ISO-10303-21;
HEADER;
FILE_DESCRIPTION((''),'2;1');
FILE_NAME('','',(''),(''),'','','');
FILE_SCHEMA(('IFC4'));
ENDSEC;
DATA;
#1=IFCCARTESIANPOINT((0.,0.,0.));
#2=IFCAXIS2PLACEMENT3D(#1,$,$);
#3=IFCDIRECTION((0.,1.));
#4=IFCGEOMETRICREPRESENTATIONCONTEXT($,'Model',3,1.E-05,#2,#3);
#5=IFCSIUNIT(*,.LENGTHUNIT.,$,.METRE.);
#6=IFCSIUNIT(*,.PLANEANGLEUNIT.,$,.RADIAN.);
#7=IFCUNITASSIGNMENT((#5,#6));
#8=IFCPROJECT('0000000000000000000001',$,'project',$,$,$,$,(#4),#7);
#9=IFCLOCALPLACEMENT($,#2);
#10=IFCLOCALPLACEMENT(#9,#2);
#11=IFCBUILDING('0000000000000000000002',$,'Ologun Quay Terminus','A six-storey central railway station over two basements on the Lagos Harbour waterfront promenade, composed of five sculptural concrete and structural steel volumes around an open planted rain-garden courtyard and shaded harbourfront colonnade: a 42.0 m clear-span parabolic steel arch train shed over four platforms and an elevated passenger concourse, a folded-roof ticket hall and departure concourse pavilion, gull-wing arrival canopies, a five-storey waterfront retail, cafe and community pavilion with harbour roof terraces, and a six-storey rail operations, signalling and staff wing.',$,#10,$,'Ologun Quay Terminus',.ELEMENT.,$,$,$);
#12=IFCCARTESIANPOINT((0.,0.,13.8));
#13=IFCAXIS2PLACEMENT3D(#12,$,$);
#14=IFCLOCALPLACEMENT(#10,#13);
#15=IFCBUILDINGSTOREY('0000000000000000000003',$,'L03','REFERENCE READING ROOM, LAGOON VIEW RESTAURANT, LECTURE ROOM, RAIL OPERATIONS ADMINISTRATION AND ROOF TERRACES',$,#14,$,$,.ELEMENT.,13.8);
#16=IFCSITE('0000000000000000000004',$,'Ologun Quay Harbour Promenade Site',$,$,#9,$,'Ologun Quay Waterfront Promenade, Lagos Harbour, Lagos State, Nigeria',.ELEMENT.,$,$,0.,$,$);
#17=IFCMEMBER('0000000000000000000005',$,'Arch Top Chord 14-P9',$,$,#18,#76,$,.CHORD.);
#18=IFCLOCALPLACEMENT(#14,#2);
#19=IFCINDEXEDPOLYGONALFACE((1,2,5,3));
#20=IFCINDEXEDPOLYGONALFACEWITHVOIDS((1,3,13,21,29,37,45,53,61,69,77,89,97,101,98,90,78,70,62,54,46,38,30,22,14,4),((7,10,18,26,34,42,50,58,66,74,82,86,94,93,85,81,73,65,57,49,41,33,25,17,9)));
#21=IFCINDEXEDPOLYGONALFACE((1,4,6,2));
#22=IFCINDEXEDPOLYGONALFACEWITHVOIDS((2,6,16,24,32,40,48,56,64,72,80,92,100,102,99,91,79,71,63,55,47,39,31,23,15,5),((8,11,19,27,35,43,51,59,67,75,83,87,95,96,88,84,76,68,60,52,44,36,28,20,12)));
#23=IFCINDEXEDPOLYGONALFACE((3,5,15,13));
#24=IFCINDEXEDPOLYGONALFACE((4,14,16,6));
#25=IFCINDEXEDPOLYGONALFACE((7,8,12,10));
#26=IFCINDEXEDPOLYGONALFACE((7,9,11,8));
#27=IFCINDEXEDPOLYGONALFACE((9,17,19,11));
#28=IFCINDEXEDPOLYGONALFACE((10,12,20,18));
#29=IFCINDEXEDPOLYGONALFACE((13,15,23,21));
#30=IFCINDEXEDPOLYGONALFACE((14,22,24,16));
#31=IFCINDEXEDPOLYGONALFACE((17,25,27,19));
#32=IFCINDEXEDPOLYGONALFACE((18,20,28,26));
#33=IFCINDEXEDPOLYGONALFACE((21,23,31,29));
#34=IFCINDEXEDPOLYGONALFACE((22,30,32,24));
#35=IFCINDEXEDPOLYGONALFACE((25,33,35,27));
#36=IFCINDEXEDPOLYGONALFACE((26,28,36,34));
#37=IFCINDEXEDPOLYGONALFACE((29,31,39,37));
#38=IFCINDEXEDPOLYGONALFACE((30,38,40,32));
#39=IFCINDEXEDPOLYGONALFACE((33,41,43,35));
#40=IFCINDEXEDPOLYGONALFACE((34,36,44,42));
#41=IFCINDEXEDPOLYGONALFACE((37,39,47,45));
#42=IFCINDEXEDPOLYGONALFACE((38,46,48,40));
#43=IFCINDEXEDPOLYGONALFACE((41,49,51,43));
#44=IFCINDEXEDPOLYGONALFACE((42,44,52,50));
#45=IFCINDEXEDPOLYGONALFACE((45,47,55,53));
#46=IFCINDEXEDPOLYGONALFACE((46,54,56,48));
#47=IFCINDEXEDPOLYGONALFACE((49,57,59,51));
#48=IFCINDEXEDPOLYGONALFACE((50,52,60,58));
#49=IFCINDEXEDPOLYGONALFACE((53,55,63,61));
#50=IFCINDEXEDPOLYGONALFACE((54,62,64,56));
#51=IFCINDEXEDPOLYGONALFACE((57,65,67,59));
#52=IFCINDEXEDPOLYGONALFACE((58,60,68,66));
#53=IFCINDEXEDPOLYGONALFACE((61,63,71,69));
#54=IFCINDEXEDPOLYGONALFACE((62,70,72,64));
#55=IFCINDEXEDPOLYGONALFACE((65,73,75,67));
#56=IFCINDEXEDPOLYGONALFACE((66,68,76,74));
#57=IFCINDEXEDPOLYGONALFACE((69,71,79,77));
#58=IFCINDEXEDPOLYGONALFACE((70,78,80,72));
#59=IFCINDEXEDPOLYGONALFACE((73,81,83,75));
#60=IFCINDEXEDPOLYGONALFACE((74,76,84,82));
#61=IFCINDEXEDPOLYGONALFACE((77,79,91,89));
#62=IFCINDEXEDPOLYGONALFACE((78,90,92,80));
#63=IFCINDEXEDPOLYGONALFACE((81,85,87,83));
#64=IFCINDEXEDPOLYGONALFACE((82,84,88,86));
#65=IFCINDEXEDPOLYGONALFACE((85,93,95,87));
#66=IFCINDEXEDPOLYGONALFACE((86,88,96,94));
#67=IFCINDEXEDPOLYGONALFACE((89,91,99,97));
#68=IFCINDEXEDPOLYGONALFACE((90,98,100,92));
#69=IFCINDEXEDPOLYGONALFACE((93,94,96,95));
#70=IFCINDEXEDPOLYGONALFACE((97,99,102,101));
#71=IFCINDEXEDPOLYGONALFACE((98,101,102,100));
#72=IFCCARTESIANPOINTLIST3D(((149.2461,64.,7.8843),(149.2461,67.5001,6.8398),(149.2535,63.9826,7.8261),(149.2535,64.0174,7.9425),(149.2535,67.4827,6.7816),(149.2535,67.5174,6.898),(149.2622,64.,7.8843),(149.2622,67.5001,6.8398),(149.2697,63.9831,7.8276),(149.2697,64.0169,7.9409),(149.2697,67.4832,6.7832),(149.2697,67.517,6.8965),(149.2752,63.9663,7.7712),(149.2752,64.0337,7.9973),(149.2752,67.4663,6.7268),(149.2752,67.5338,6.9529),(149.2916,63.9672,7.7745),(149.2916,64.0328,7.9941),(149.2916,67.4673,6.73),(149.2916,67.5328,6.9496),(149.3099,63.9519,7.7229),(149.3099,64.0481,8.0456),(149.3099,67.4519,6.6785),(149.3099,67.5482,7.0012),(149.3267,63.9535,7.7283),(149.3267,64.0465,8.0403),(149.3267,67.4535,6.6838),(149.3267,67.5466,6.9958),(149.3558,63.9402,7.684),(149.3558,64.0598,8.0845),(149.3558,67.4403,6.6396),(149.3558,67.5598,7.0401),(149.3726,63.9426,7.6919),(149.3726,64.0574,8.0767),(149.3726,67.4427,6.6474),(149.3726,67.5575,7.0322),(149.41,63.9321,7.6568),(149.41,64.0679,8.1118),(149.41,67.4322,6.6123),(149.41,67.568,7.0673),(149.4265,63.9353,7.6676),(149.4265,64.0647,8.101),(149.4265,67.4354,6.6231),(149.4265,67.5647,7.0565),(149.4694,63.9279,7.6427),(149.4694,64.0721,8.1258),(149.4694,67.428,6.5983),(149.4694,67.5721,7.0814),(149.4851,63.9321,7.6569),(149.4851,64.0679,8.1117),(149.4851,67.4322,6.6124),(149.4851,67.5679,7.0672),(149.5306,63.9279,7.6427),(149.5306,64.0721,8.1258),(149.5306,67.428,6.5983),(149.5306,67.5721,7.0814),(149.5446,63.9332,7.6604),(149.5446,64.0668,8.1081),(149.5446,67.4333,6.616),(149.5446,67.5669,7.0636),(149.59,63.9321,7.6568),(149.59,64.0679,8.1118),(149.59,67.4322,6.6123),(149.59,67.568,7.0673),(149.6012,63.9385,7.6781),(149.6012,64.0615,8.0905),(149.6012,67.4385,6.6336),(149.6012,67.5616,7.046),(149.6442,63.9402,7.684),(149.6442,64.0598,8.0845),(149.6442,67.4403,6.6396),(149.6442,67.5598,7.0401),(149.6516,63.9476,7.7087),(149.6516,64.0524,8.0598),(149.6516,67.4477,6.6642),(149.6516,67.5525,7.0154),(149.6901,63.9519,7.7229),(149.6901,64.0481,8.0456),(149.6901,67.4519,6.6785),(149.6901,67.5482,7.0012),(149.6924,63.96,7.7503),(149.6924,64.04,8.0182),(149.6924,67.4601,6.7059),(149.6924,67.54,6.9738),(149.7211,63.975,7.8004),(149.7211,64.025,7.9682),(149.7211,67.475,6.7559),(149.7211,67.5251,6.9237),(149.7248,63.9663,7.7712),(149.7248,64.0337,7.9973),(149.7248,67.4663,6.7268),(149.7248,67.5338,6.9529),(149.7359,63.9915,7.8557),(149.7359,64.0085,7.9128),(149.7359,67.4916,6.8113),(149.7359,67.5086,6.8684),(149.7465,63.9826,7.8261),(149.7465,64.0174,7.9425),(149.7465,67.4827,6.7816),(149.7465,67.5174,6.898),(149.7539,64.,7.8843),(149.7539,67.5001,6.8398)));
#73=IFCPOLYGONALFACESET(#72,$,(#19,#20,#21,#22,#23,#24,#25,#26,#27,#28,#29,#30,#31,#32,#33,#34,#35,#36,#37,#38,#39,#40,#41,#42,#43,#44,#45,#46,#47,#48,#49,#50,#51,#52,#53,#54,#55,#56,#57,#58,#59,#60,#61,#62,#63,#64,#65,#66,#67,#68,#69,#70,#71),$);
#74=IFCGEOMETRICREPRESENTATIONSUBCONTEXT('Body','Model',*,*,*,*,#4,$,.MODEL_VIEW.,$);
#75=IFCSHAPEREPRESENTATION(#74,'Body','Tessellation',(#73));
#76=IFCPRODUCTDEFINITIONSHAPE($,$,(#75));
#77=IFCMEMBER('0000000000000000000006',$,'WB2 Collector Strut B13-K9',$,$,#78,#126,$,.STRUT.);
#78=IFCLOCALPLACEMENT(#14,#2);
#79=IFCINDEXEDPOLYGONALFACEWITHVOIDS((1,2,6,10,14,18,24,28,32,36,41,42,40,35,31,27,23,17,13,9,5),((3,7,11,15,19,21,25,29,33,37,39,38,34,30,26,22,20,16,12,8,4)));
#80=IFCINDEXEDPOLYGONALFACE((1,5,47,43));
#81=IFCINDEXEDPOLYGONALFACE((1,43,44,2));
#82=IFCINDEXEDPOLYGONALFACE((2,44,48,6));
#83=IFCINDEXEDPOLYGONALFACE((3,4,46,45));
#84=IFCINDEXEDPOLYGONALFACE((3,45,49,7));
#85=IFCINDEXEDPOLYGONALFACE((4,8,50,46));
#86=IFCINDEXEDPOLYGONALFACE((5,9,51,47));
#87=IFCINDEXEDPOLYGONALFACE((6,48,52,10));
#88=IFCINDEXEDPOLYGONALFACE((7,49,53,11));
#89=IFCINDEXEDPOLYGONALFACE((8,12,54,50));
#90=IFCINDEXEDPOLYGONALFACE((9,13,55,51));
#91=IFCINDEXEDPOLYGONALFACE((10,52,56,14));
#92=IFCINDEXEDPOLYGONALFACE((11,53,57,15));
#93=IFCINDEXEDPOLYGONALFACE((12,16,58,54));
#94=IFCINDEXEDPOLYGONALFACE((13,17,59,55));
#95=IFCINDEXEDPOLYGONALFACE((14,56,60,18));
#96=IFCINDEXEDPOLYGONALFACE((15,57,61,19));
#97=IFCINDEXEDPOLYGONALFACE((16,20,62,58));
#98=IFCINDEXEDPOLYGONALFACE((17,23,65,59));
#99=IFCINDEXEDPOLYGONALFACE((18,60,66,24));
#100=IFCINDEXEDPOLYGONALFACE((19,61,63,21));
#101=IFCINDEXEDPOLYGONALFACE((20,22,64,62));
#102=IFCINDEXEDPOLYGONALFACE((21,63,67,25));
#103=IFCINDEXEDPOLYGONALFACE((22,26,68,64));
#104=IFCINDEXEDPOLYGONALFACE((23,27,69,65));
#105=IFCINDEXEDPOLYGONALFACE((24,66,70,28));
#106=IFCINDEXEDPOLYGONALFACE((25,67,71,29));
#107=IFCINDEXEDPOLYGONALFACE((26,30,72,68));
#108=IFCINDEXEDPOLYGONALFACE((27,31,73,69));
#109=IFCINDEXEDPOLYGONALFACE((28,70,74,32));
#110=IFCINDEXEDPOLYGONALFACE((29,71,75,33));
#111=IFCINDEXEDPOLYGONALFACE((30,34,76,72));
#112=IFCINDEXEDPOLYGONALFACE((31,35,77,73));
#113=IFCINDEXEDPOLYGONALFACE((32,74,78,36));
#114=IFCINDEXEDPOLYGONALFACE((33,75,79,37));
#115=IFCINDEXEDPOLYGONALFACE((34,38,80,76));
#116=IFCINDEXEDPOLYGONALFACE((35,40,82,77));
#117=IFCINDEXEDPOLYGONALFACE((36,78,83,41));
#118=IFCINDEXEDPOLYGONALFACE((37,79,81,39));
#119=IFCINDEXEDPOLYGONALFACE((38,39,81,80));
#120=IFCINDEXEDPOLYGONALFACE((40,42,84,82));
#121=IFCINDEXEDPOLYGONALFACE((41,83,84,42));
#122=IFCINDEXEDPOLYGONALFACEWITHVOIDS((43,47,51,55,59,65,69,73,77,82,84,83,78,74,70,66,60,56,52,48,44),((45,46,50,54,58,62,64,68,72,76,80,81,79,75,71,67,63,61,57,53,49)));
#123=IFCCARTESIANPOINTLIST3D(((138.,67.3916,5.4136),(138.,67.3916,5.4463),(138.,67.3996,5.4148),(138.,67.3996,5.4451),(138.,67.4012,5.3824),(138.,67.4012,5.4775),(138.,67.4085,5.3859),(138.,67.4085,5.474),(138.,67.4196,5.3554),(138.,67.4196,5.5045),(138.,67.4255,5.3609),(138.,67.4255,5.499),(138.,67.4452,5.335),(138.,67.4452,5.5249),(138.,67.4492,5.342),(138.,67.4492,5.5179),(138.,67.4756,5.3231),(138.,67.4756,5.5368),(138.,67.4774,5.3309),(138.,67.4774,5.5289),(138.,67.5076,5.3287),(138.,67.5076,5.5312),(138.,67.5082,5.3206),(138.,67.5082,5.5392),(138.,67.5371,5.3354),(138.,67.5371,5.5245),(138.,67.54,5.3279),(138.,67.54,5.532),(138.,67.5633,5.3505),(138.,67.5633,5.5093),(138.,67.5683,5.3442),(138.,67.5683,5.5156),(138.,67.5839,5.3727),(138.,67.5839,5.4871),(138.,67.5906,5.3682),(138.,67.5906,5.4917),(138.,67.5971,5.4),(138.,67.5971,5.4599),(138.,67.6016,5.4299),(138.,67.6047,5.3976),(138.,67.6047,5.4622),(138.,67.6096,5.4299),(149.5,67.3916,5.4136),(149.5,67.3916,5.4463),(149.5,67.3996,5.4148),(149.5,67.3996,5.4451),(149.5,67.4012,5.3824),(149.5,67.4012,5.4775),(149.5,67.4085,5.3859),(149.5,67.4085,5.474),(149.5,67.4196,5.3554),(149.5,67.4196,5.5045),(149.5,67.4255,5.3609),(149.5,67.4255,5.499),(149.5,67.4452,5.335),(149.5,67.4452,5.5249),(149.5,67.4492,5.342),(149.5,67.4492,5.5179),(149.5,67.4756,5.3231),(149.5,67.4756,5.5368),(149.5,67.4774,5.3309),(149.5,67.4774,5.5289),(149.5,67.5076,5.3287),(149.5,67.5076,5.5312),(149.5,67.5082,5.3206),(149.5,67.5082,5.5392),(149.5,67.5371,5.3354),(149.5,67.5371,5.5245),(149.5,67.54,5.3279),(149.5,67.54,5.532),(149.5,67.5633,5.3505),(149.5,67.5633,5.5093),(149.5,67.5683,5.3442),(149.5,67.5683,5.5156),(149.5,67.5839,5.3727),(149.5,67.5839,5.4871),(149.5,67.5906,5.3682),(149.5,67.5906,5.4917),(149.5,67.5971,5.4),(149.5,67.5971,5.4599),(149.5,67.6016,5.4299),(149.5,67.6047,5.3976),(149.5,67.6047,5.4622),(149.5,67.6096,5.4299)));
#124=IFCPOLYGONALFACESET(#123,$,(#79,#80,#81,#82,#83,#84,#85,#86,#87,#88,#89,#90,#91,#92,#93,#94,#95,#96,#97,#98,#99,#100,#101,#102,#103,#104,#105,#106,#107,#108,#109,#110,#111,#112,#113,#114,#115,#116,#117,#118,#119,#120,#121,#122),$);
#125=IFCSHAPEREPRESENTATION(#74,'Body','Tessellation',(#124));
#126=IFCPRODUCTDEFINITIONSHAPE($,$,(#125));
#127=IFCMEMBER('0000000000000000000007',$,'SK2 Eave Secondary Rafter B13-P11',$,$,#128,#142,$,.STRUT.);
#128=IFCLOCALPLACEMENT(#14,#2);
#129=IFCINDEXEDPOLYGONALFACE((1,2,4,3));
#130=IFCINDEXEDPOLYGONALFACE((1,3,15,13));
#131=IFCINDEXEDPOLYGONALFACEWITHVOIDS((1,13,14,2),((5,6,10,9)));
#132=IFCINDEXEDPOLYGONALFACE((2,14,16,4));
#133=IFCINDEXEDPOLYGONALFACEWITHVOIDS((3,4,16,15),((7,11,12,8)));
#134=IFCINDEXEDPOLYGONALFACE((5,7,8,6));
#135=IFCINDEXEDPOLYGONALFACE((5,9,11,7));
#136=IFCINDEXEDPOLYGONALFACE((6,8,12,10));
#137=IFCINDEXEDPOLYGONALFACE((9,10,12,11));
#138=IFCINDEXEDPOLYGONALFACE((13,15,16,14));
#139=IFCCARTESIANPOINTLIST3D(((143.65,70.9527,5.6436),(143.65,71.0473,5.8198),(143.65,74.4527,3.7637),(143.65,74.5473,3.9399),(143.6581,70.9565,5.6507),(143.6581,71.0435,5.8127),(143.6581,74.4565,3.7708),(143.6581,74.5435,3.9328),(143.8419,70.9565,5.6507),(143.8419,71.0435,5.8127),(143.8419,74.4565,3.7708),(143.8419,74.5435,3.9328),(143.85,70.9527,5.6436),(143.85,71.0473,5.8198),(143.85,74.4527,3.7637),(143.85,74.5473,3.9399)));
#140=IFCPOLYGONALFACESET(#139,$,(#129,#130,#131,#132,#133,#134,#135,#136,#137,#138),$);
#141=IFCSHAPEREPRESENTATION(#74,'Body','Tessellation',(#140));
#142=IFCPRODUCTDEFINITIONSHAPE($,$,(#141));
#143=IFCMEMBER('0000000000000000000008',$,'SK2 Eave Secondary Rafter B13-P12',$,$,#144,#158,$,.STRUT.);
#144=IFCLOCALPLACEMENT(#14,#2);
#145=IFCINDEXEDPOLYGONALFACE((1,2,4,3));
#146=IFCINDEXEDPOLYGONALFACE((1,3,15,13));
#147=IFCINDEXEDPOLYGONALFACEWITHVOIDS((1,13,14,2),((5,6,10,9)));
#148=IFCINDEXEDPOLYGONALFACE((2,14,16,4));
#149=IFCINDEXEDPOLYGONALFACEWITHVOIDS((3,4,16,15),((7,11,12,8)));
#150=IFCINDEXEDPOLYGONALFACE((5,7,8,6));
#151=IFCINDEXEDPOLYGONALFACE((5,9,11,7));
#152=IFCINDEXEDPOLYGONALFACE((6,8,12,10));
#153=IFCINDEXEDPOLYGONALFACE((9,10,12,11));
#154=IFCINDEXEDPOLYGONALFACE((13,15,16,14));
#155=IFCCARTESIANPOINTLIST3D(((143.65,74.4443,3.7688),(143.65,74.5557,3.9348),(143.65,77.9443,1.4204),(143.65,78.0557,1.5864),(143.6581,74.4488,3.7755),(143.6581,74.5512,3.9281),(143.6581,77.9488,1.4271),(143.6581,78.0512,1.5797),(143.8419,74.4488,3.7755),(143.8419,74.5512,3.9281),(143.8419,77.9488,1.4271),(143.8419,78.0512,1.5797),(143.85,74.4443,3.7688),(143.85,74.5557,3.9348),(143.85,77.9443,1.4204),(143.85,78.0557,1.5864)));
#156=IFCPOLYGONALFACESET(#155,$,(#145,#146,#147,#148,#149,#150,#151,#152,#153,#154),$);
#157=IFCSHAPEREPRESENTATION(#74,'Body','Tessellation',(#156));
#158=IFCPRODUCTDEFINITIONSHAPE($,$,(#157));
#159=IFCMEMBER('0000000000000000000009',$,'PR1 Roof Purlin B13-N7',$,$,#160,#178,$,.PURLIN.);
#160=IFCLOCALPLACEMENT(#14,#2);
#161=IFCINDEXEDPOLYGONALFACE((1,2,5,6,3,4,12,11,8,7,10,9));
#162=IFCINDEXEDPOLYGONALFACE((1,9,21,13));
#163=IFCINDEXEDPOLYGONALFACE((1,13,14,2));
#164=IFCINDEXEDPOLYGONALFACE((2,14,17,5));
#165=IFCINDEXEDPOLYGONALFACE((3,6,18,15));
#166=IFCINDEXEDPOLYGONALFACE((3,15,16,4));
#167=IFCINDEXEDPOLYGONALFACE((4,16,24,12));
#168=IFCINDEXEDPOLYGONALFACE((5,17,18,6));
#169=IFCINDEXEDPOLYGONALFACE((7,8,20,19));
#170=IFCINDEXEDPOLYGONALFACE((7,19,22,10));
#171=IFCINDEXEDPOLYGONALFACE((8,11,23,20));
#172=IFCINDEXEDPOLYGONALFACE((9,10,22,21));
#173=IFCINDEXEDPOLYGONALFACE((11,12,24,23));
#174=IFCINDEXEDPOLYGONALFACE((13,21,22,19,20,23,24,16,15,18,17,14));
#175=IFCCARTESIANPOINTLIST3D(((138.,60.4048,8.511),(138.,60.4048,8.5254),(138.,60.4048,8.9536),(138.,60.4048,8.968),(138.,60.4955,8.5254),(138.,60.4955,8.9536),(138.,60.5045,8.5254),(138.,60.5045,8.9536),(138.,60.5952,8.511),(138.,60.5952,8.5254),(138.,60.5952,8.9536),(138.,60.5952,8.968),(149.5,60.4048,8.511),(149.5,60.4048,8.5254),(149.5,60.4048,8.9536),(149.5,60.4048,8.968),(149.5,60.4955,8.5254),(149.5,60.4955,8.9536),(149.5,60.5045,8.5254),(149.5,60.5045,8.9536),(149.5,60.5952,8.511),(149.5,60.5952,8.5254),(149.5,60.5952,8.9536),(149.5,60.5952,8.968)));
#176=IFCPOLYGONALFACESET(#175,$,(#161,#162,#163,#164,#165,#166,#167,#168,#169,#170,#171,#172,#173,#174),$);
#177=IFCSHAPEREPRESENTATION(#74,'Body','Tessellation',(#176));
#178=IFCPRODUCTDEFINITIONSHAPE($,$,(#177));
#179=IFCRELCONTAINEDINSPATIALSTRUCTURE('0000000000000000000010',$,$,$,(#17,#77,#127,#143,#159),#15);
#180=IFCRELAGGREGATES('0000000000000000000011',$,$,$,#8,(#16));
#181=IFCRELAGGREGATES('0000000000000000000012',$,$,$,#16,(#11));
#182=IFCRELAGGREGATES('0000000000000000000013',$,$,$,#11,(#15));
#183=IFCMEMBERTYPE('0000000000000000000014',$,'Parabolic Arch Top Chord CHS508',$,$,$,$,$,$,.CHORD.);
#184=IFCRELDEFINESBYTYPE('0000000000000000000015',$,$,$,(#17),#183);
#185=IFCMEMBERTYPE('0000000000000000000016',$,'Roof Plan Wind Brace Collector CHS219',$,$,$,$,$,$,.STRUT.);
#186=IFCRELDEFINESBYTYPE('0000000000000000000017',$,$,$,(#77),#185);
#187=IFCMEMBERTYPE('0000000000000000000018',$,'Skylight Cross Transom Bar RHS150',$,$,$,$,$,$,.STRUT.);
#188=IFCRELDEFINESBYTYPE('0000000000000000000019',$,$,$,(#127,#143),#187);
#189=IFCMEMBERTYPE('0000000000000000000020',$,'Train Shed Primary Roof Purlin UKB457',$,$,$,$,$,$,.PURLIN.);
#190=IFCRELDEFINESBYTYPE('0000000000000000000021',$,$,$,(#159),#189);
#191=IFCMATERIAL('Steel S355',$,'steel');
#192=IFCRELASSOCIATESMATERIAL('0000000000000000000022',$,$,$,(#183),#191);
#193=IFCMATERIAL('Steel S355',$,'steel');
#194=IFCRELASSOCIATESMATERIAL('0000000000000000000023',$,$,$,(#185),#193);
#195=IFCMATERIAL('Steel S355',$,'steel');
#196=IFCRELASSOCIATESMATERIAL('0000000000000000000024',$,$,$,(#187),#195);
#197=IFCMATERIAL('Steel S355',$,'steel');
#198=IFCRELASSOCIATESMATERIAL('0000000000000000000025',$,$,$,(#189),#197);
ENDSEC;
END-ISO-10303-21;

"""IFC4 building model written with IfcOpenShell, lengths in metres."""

from ifc_helpers import new_model, si_unit, direction, frame, origin, origin_2d, place, context, subcontext, project, spatial, hollow_rectangle, hollow_circle, i_section, extrude, material, material_profile, profile_set, type_object, element, save


model = new_model("IFC4")

# Units and contexts
model_context = context("Model", 3, precision=1e-05, world=origin(), true_north=direction((0.0, 1.0)))
body_context = subcontext(model_context, "Body", "Model", "MODEL_VIEW")
ifc_project = project(units=[si_unit("LENGTHUNIT", "METRE"), si_unit("PLANEANGLEUNIT", "RADIAN")], contexts=[model_context])

# Site, building, storey
site_placement = place(None, origin())
site = spatial("IfcSite", under=ifc_project, at=site_placement, Name="Ologun Quay Harbour Promenade Site", LongName="Ologun Quay Waterfront Promenade, Lagos Harbour, Lagos State, Nigeria", CompositionType="ELEMENT", RefElevation=0.0)
building_placement = place(site_placement, origin())
building = spatial("IfcBuilding", under=site, at=building_placement, Name="Ologun Quay Terminus", Description="A six-storey central railway station over two basements on the Lagos Harbour waterfront promenade, composed of five sculptural concrete and structural steel volumes around an open planted rain-garden courtyard and shaded harbourfront colonnade: a 42.0 m clear-span parabolic steel arch train shed over four platforms and an elevated passenger concourse, a folded-roof ticket hall and departure concourse pavilion, gull-wing arrival canopies, a five-storey waterfront retail, cafe and community pavilion with harbour roof terraces, and a six-storey rail operations, signalling and staff wing.", LongName="Ologun Quay Terminus", CompositionType="ELEMENT")
storey_placement = place(building_placement, frame((0.0, 0.0, 13.8)))
storey = spatial("IfcBuildingStorey", under=building, at=storey_placement, Name="L03", Description="REFERENCE READING ROOM, LAGOON VIEW RESTAURANT, LECTURE ROOM, RAIL OPERATIONS ADMINISTRATION AND ROOF TERRACES", CompositionType="ELEMENT", Elevation=13.8)

# Members
ifc_material_1 = material(Name="Steel S355", Category="steel")
ifc_material_profile_1 = material_profile(ifc_material_1, hollow_circle(Radius=0.2539, WallThickness=0.0161, at=origin_2d()), Name="CHS 508x16")
ifc_profile_set_1 = profile_set([ifc_material_profile_1], Name="Steel S355")
member_type_1 = type_object("IfcMemberType", Name="Parabolic Arch Top Chord CHS508", PredefinedType="CHORD", material=ifc_profile_set_1)
member_1_placement = place(storey_placement, frame((149.5, 64.0, 7.8843), z_axis=(0.0, 0.958245, -0.285949), x_axis=(-1.0, 0.0, 0.0)))
element("IfcMember", 1, at=member_1_placement, inside=storey, type_object=member_type_1, Name="Arch Top Chord 14-P9", PredefinedType="CHORD", context=body_context, shape_type="SweptSolid", body=[
    extrude(hollow_circle(Radius=0.2539, WallThickness=0.0161, at=origin_2d()), origin(), (0.0, 0.0, 1.0), 3.6526),
])
ifc_material_2 = material(Name="Steel S355", Category="steel")
ifc_material_profile_2 = material_profile(ifc_material_2, hollow_circle(Radius=0.1096, WallThickness=0.0081, at=origin_2d()), Name="CHS 219.1x8")
ifc_profile_set_2 = profile_set([ifc_material_profile_2], Name="Steel S355")
member_type_2 = type_object("IfcMemberType", Name="Roof Plan Wind Brace Collector CHS219", PredefinedType="STRUT", material=ifc_profile_set_2)
member_2_placement = place(storey_placement, frame((138.0, 67.5, 5.4299), z_axis=(1.0, 0.0, 0.0), x_axis=(0.0, 1.0, 0.0)))
element("IfcMember", 2, at=member_2_placement, inside=storey, type_object=member_type_2, Name="WB2 Collector Strut B13-K9", PredefinedType="STRUT", context=body_context, shape_type="SweptSolid", body=[
    extrude(hollow_circle(Radius=0.1096, WallThickness=0.0081, at=origin_2d()), origin(), (0.0, 0.0, 1.0), 11.5),
])
ifc_material_3 = material(Name="Steel S355", Category="steel")
ifc_material_profile_3 = material_profile(ifc_material_3, hollow_rectangle(XDim=0.2, YDim=0.2, WallThickness=0.0081, at=origin_2d()), Name="SHS 200x200x8")
ifc_profile_set_3 = profile_set([ifc_material_profile_3], Name="Steel S355")
member_type_3 = type_object("IfcMemberType", Name="Skylight Cross Transom Bar RHS150", PredefinedType="STRUT", material=ifc_profile_set_3)
member_3_placement = place(storey_placement, frame((143.75, 71.0, 5.7317), z_axis=(0.0, 0.880968, -0.473176), x_axis=(-1.0, 0.0, 0.0)))
element("IfcMember", 3, at=member_3_placement, inside=storey, type_object=member_type_3, Name="SK2 Eave Secondary Rafter B13-P11", PredefinedType="STRUT", context=body_context, shape_type="SweptSolid", body=[
    extrude(hollow_rectangle(XDim=0.2, YDim=0.2, WallThickness=0.0081, at=origin_2d()), origin(), (0.0, 0.0, 1.0), 3.9729),
])
member_4_placement = place(storey_placement, frame((143.75, 74.5, 3.8518), z_axis=(0.0, 0.830398, -0.557171), x_axis=(-1.0, 0.0, 0.0)))
element("IfcMember", 4, at=member_4_placement, inside=storey, type_object=member_type_3, Name="SK2 Eave Secondary Rafter B13-P12", PredefinedType="STRUT", context=body_context, shape_type="SweptSolid", body=[
    extrude(hollow_rectangle(XDim=0.2, YDim=0.2, WallThickness=0.0081, at=origin_2d()), origin(), (0.0, 0.0, 1.0), 4.2148),
])
ifc_material_4 = material(Name="Steel S355", Category="steel")
ifc_material_profile_4 = material_profile(ifc_material_4, i_section(OverallWidth=0.1904, OverallDepth=0.457, WebThickness=0.009, FlangeThickness=0.0144, at=origin_2d()), Name="UKB 457x191x74")
ifc_profile_set_4 = profile_set([ifc_material_profile_4], Name="Steel S355")
member_type_4 = type_object("IfcMemberType", Name="Train Shed Primary Roof Purlin UKB457", PredefinedType="PURLIN", material=ifc_profile_set_4)
for number, where, z_axis, x_axis, name in (
    (5, (138.0, 60.5, 8.7395), (1.0, 0.0, 0.0), (0.0, 1.0, 0.0), "PR1 Roof Purlin B13-N7"),
):
    element("IfcMember", number, at=place(storey_placement, frame(where, z_axis=z_axis, x_axis=x_axis)), inside=storey, type_object=member_type_4, Name=name, PredefinedType="PURLIN", context=body_context, shape_type="SweptSolid", body=[
        extrude(i_section(OverallWidth=0.1904, OverallDepth=0.457, WebThickness=0.009, FlangeThickness=0.0144, at=origin_2d()), origin(), (0.0, 0.0, 1.0), 11.5),
    ])

save(model, "model.ifc")
